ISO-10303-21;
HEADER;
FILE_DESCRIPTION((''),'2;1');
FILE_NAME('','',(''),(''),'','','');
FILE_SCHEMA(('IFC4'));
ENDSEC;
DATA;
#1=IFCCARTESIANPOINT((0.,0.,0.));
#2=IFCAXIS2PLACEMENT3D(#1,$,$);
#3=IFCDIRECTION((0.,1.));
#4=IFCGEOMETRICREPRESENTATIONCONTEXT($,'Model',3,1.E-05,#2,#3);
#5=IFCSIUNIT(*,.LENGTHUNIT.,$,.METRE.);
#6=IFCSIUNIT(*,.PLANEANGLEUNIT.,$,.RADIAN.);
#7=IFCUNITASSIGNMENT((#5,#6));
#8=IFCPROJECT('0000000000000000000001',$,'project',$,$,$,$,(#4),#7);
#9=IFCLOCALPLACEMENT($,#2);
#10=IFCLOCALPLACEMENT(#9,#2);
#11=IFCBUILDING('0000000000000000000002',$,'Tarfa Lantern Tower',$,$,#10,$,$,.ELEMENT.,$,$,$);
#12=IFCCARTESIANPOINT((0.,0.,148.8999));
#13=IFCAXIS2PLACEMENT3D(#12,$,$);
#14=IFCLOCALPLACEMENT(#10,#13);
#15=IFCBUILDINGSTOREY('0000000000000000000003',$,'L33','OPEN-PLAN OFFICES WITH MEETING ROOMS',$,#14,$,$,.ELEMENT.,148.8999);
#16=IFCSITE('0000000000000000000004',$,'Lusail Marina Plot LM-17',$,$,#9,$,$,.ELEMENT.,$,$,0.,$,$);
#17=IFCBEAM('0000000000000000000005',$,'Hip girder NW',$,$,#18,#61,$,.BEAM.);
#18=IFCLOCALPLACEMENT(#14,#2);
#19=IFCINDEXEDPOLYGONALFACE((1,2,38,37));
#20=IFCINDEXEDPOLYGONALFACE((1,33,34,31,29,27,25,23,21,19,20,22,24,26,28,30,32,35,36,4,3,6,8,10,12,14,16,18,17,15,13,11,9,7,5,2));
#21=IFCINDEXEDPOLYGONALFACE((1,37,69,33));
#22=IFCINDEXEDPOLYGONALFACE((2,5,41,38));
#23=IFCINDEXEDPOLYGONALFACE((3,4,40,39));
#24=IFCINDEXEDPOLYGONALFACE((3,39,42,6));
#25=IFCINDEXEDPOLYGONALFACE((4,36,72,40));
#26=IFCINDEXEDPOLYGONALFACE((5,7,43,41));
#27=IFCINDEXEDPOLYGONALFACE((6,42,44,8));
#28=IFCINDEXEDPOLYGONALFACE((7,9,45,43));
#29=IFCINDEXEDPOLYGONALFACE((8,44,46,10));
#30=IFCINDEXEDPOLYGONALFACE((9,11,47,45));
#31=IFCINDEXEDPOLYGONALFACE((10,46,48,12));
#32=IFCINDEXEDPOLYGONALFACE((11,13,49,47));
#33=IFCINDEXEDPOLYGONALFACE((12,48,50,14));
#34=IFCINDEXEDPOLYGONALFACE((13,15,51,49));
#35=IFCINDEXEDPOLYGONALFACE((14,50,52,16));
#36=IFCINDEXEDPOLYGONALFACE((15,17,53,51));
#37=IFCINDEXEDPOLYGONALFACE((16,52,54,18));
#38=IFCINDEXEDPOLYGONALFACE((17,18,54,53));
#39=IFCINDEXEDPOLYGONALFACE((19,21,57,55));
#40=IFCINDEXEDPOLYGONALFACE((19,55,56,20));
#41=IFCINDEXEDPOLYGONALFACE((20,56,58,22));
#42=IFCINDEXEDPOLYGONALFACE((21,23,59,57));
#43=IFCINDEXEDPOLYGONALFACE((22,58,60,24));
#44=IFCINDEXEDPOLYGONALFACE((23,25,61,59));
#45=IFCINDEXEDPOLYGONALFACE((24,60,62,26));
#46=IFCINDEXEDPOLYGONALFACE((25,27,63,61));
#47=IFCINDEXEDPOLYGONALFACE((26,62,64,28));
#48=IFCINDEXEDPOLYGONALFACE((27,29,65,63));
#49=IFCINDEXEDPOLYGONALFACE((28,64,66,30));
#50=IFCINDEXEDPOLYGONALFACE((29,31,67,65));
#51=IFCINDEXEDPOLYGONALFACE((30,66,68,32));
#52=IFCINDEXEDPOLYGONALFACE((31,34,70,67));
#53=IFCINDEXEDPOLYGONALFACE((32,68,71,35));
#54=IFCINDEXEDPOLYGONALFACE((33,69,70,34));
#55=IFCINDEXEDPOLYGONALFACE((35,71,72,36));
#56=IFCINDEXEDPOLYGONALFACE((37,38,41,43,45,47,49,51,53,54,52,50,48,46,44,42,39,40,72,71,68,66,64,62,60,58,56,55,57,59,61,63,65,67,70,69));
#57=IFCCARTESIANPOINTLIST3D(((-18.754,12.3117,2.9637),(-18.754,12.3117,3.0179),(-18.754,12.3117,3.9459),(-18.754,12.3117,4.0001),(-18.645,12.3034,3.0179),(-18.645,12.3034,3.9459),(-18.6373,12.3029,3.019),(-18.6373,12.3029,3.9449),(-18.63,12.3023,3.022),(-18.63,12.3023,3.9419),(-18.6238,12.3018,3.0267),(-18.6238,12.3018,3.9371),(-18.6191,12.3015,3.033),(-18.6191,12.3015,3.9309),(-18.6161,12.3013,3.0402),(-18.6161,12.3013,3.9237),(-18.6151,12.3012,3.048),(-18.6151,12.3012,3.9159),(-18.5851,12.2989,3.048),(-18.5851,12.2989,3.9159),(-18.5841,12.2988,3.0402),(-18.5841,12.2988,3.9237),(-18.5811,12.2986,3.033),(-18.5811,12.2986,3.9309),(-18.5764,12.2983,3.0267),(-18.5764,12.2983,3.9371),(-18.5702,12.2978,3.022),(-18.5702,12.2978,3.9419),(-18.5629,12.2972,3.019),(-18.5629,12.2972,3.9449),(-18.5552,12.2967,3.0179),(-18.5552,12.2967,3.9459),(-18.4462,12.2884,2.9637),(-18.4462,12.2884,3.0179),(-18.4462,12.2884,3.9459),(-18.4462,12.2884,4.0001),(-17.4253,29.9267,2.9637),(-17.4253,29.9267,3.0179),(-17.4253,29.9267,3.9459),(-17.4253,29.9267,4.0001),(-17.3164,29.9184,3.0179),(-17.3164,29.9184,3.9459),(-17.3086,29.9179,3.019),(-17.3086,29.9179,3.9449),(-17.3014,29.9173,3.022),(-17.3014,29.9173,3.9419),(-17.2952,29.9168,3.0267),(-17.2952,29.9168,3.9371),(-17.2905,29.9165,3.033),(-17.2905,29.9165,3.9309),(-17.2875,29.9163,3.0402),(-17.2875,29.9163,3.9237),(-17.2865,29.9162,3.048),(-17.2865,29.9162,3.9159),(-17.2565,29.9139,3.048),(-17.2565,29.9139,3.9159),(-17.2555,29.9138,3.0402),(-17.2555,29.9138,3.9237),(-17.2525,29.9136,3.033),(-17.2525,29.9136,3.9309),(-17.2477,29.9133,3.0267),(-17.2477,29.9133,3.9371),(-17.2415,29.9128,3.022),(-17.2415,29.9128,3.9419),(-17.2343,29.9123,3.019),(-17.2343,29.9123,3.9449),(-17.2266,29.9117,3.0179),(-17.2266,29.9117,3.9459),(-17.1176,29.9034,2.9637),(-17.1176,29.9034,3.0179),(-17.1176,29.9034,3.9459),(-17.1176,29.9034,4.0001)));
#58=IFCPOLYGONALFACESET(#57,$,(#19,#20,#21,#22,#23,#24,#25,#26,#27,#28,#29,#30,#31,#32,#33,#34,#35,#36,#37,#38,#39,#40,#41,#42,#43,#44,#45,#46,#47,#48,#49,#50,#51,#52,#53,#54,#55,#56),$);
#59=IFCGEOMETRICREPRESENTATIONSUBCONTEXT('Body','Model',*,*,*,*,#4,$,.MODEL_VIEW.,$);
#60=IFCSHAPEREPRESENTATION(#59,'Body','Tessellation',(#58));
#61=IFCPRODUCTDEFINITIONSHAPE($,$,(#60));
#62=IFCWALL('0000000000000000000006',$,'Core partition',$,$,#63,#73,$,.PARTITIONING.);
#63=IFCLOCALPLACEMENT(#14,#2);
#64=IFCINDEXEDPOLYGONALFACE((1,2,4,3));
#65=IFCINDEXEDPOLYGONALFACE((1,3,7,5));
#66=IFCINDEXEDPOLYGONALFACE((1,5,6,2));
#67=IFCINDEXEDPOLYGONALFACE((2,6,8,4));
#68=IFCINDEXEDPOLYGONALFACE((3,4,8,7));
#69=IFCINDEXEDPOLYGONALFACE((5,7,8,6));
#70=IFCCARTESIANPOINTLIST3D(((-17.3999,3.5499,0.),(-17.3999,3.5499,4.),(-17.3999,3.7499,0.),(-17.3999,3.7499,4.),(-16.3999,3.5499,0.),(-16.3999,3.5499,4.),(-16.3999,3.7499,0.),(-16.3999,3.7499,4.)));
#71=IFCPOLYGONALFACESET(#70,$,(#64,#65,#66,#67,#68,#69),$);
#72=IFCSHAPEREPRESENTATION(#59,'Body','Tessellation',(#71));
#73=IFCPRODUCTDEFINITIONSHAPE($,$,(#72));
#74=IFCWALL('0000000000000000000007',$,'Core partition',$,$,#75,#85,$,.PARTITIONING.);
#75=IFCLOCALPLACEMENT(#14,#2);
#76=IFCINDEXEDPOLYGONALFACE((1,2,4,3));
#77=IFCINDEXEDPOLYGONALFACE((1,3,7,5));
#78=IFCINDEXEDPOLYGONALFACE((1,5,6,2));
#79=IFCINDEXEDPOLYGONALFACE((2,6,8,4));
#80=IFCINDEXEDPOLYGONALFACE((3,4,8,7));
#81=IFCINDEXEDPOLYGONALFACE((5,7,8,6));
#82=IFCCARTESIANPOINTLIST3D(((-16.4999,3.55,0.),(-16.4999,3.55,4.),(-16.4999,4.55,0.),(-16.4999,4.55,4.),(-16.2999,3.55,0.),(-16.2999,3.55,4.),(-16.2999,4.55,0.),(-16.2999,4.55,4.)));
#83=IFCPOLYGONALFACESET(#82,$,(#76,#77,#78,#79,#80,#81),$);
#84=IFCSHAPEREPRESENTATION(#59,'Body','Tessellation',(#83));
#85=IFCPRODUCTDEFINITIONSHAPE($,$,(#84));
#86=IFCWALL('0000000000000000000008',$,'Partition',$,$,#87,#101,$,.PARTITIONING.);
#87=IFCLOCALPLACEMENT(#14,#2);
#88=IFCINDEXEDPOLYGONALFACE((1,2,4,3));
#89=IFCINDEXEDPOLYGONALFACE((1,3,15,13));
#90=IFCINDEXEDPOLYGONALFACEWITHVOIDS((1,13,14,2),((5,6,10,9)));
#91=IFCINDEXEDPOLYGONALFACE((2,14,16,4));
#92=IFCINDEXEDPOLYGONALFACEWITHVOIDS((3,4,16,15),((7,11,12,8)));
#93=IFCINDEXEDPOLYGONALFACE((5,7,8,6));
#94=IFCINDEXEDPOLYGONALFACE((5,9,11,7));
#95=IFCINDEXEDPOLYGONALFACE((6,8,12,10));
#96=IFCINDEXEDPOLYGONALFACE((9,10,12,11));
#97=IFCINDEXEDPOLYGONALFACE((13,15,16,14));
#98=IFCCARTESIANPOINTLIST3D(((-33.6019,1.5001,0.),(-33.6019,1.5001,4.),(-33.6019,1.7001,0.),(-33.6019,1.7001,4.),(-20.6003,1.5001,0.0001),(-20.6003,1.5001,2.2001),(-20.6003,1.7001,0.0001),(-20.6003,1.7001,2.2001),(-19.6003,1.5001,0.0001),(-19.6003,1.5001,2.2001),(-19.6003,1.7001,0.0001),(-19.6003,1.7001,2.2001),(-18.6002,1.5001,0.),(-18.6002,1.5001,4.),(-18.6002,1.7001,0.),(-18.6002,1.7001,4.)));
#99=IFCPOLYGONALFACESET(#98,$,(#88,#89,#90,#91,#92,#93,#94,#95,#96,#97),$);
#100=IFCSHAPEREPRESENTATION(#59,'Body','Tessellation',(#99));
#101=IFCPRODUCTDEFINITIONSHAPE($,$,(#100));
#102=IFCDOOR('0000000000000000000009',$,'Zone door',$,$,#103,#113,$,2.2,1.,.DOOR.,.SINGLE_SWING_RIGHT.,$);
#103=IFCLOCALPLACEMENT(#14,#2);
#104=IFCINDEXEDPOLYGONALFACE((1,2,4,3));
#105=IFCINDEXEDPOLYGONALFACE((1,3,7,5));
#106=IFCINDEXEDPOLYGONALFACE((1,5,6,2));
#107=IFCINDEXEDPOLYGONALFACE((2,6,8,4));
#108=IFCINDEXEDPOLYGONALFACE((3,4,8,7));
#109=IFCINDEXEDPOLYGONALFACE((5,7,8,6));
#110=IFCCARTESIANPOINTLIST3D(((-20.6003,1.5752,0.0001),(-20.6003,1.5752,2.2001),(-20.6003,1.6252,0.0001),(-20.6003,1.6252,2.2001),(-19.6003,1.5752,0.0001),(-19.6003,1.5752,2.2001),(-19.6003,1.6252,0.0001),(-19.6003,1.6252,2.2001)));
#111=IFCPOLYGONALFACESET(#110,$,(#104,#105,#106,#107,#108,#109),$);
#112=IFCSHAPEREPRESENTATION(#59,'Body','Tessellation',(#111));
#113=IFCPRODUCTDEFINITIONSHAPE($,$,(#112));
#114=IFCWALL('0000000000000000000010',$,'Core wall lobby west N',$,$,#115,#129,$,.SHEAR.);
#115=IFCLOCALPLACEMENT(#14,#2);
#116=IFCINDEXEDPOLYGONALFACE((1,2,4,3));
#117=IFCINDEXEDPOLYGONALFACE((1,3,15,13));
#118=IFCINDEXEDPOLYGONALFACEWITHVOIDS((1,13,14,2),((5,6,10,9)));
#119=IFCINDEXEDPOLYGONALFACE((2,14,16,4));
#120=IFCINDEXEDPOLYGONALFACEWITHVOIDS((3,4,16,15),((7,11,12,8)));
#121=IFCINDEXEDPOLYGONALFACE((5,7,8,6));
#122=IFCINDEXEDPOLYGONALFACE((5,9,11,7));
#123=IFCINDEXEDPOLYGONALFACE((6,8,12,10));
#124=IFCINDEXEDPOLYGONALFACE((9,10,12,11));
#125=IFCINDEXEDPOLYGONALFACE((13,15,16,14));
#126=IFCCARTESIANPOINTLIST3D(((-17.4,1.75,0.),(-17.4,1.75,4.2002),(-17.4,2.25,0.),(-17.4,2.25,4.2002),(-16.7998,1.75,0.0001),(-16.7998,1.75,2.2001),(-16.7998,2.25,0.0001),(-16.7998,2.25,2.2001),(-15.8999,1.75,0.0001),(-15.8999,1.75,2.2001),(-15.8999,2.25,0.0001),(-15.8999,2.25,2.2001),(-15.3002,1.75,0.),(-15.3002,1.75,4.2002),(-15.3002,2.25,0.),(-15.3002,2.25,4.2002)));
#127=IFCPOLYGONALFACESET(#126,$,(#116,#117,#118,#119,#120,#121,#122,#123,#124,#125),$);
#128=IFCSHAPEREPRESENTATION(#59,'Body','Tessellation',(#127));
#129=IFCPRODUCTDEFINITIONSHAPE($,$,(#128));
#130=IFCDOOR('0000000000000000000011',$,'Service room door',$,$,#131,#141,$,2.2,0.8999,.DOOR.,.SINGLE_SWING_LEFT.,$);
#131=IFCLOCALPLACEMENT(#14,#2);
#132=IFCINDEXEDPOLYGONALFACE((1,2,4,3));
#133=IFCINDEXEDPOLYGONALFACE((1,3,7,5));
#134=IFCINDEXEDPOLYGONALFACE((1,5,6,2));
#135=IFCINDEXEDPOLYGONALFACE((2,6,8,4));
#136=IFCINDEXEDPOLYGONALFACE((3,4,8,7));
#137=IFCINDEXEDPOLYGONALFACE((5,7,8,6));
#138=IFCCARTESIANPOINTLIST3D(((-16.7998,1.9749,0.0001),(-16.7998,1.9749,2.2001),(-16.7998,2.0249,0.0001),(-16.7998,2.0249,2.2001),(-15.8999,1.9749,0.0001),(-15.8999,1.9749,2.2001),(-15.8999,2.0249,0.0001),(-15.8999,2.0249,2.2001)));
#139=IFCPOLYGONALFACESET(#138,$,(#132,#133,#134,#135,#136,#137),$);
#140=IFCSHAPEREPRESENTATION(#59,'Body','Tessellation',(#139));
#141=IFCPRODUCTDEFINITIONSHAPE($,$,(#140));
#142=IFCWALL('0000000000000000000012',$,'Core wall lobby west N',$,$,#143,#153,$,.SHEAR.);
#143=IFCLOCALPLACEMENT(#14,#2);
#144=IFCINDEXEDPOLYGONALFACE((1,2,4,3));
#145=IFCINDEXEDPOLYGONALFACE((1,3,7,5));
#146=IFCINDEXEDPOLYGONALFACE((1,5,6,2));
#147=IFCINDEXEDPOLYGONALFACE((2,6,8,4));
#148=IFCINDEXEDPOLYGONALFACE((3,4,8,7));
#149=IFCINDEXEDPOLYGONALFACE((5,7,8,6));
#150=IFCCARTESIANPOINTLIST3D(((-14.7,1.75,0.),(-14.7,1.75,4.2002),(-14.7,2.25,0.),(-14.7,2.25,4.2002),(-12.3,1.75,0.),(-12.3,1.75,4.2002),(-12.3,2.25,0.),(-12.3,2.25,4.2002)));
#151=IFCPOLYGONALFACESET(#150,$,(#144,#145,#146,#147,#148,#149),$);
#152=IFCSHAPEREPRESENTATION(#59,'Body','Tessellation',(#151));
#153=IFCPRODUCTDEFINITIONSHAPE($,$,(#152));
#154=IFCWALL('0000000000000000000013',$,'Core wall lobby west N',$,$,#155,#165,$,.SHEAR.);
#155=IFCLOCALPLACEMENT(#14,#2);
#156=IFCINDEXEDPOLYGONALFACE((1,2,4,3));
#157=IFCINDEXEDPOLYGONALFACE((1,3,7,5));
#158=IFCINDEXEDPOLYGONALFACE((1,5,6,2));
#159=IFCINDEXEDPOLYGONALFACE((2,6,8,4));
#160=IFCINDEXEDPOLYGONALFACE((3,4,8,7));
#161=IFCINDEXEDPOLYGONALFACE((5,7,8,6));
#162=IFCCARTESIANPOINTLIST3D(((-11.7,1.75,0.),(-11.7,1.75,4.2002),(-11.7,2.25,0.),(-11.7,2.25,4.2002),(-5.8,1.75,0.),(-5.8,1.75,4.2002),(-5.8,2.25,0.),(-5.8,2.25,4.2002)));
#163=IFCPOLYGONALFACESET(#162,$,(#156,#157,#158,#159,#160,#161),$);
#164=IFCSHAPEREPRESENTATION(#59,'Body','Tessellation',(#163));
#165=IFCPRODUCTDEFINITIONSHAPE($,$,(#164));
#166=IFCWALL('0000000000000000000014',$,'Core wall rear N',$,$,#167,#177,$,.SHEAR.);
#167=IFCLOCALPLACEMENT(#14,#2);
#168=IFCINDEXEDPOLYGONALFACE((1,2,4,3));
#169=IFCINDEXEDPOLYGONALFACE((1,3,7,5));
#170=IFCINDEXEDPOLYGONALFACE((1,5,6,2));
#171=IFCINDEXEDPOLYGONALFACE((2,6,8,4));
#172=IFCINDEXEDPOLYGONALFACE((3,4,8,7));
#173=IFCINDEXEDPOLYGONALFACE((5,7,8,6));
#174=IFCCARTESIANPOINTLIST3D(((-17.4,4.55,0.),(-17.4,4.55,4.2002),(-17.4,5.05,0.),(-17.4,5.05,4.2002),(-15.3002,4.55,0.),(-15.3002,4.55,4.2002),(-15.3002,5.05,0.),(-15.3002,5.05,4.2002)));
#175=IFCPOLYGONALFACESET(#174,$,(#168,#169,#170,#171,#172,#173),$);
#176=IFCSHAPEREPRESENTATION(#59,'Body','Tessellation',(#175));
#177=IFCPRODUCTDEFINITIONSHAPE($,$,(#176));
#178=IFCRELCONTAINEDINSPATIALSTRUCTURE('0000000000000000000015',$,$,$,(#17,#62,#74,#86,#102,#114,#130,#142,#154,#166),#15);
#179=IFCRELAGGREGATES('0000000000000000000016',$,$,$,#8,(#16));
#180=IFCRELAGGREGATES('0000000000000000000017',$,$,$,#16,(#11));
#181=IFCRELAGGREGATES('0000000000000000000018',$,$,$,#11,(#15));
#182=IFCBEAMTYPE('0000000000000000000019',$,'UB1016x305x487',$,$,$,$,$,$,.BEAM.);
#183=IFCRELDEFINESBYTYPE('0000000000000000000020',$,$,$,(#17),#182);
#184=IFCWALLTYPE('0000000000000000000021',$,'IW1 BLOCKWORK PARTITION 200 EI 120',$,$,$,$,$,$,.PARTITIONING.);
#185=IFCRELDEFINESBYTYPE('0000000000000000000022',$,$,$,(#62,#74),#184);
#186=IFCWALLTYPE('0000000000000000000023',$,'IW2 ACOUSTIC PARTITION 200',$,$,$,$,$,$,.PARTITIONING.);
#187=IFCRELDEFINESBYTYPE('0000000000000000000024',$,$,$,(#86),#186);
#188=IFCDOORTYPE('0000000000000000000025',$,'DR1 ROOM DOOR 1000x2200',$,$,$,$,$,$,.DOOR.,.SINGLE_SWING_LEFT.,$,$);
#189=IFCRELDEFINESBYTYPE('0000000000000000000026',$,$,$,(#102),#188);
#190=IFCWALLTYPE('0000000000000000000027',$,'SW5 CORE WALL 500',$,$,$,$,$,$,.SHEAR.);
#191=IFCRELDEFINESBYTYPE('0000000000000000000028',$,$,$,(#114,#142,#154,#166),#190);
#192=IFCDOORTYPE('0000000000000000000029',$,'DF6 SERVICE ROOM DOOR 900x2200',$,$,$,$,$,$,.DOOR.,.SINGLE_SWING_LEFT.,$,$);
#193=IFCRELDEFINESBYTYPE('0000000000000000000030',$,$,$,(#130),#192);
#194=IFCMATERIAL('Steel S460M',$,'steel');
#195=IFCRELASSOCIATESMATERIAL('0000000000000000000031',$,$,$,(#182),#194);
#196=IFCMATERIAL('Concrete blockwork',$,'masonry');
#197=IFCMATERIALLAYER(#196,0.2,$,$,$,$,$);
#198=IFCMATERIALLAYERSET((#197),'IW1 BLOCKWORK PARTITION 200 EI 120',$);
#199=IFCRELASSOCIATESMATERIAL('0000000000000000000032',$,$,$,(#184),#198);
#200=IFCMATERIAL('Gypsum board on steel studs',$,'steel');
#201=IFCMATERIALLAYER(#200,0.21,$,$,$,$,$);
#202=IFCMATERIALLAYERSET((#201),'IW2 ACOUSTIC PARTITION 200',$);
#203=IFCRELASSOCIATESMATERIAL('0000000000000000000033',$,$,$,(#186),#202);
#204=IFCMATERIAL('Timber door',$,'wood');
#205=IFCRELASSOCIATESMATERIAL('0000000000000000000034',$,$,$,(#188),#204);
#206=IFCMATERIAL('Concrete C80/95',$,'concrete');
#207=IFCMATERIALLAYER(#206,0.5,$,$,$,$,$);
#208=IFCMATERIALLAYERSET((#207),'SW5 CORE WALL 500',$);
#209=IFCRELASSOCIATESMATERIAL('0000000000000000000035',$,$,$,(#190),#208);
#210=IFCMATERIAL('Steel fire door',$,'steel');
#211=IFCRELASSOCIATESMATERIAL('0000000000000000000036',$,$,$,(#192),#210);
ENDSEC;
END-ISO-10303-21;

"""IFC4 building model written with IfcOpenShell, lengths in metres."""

from ifc_helpers import new_model, si_unit, direction, frame, frame_2d, origin, origin_2d, place, context, subcontext, project, spatial, rectangle, i_section, extrude, material, layer, layer_set, material_profile, profile_set, type_object, element, fill, save


model = new_model("IFC4")

# Units and contexts
model_context = context("Model", 3, precision=1e-05, world=origin(), true_north=direction((0.0, 1.0)))
body_context = subcontext(model_context, "Body", "Model", "MODEL_VIEW")
ifc_project = project(units=[si_unit("LENGTHUNIT", "METRE"), si_unit("PLANEANGLEUNIT", "RADIAN")], contexts=[model_context])

# Site, building, storey
site_placement = place(None, origin())
site = spatial("IfcSite", under=ifc_project, at=site_placement, Name="Lusail Marina Plot LM-17", CompositionType="ELEMENT", RefElevation=0.0)
building_placement = place(site_placement, origin())
building = spatial("IfcBuilding", under=site, at=building_placement, Name="Tarfa Lantern Tower", CompositionType="ELEMENT")
storey_placement = place(building_placement, frame((0.0, 0.0, 148.8999)))
storey = spatial("IfcBuildingStorey", under=building, at=storey_placement, Name="L33", Description="OPEN-PLAN OFFICES WITH MEETING ROOMS", CompositionType="ELEMENT", Elevation=148.8999)

# Beam
ifc_material_1 = material(Name="Steel S460M", Category="steel")
ifc_material_profile = material_profile(ifc_material_1, i_section(OverallWidth=0.3086, OverallDepth=1.0364, WebThickness=0.03, FlangeThickness=0.0542, FilletRadius=0.03, at=origin_2d()), Name="UB1016x305x487")
ifc_profile_set = profile_set([ifc_material_profile], Name="Steel S460M")
beam_type = type_object("IfcBeamType", Name="UB1016x305x487", PredefinedType="BEAM", material=ifc_profile_set)
beam_placement = place(storey_placement, frame((-18.6001, 12.3, 3.4819), z_axis=(0.075212, 0.997168, 0.0), x_axis=(-0.997168, 0.075212, 0.0)))
element("IfcBeam", 1, at=beam_placement, inside=storey, type_object=beam_type, Name="Hip girder NW", PredefinedType="BEAM", context=body_context, shape_type="SweptSolid", body=[
    extrude(i_section(OverallWidth=0.3086, OverallDepth=1.0364, WebThickness=0.03, FlangeThickness=0.0542, FilletRadius=0.03, at=origin_2d()), origin(), (0.0, 0.0, 1.0), 17.665),
])

# Walls
ifc_material_2 = material(Name="Concrete blockwork", Category="masonry")
ifc_layer_1 = layer(ifc_material_2, 0.2)
ifc_layer_set_1 = layer_set([ifc_layer_1], Name="IW1 BLOCKWORK PARTITION 200 EI 120")
wall_type_1 = type_object("IfcWallType", Name="IW1 BLOCKWORK PARTITION 200 EI 120", PredefinedType="PARTITIONING", material=ifc_layer_set_1)
for number, where, z_axis, x_axis, name in (
    (2, (-17.3999, 3.6499, 0.0), (0.0, 0.0, 1.0), (1.0, 0.0, 0.0), "Core partition"),
    (3, (-16.3999, 3.55, 0.0), (0.0, 0.0, 1.0), (0.0, 1.0, 0.0), "Core partition"),
):
    element("IfcWall", number, at=place(storey_placement, frame(where, z_axis=z_axis, x_axis=x_axis)), inside=storey, type_object=wall_type_1, Name=name, PredefinedType="PARTITIONING", context=body_context, shape_type="SweptSolid", body=[
        extrude(rectangle(XDim=1.0, YDim=0.2, at=frame_2d((0.5, 0.0))), origin(), (0.0, 0.0, 1.0), 4.0),
    ])

# Walls, openings, doors
ifc_material_3 = material(Name="Gypsum board on steel studs", Category="steel")
ifc_layer_2 = layer(ifc_material_3, 0.21)
ifc_layer_set_2 = layer_set([ifc_layer_2], Name="IW2 ACOUSTIC PARTITION 200")
wall_type_2 = type_object("IfcWallType", Name="IW2 ACOUSTIC PARTITION 200", PredefinedType="PARTITIONING", material=ifc_layer_set_2)
wall_1_placement = place(storey_placement, frame((-18.6001, 1.6001, 0.0), z_axis=(0.0, 0.0, 1.0), x_axis=(-1.0, 0.0, 0.0)))
wall_1 = element("IfcWall", 4, at=wall_1_placement, inside=storey, type_object=wall_type_2, Name="Partition", PredefinedType="PARTITIONING", context=body_context, shape_type="SweptSolid", body=[
    extrude(rectangle(XDim=15.0017, YDim=0.2, at=frame_2d((7.501, 0.0))), origin(), (0.0, 0.0, 1.0), 4.0),
])
opening_1_placement = place(wall_1_placement, frame((1.0002, 0.0, 0.0)))
opening_1 = element("IfcOpeningElement", 5, at=opening_1_placement, cuts=wall_1, PredefinedType="OPENING", context=body_context, shape_type="SweptSolid", body=[
    extrude(rectangle(XDim=1.0, YDim=2.2, at=frame_2d((0.5, 1.1001))), frame((0.0, 0.1099, 0.0), z_axis=(0.0, -1.0, 0.0), x_axis=(1.0, 0.0, 0.0)), (0.0, 0.0, 1.0), 0.22),
])
ifc_material_4 = material(Name="Timber door", Category="wood")
door_type_1 = type_object("IfcDoorType", Name="DR1 ROOM DOOR 1000x2200", OperationType="SINGLE_SWING_LEFT", PredefinedType="DOOR", material=ifc_material_4)
door_1_placement = place(opening_1_placement, origin())
door_1 = element("IfcDoor", 6, at=door_1_placement, inside=storey, type_object=door_type_1, Name="Zone door", OperationType="SINGLE_SWING_RIGHT", OverallHeight=2.2, OverallWidth=1.0, PredefinedType="DOOR", context=body_context, shape_type="SweptSolid", body=[
    extrude(rectangle(XDim=1.0, YDim=2.2, at=frame_2d((0.5, 1.1001))), frame((0.0, 0.0249, 0.0), z_axis=(0.0, -1.0, 0.0), x_axis=(1.0, 0.0, 0.0)), (0.0, 0.0, 1.0), 0.05),
])
fill(opening_1, door_1)
ifc_material_5 = material(Name="Concrete C80/95", Category="concrete")
ifc_material_6 = material(Name="Steel fire door", Category="steel")
ifc_layer_3 = layer(ifc_material_5, 0.5)
ifc_layer_set_3 = layer_set([ifc_layer_3], Name="SW5 CORE WALL 500")
wall_type_3 = type_object("IfcWallType", Name="SW5 CORE WALL 500", PredefinedType="SHEAR", material=ifc_layer_set_3)
wall_2_placement = place(storey_placement, frame((-17.3999, 2.0, 0.0), z_axis=(0.0, 0.0, 1.0), x_axis=(1.0, 0.0, 0.0)))
wall_2 = element("IfcWall", 7, at=wall_2_placement, inside=storey, type_object=wall_type_3, Name="Core wall lobby west N", PredefinedType="SHEAR", context=body_context, shape_type="SweptSolid", body=[
    extrude(rectangle(XDim=2.0999, YDim=0.5, at=frame_2d((1.0498, 0.0))), origin(), (0.0, 0.0, 1.0), 4.2002),
])
opening_2_placement = place(wall_2_placement, frame((0.6001, 0.0, 0.0)))
opening_2 = element("IfcOpeningElement", 8, at=opening_2_placement, cuts=wall_2, PredefinedType="OPENING", context=body_context, shape_type="SweptSolid", body=[
    extrude(rectangle(XDim=0.8999, YDim=2.2, at=frame_2d((0.45, 1.1001))), frame((0.0, 0.26, 0.0), z_axis=(0.0, -1.0, 0.0), x_axis=(1.0, 0.0, 0.0)), (0.0, 0.0, 1.0), 0.52),
])
door_type_2 = type_object("IfcDoorType", Name="DF6 SERVICE ROOM DOOR 900x2200", OperationType="SINGLE_SWING_LEFT", PredefinedType="DOOR", material=ifc_material_6)
door_2_placement = place(opening_2_placement, origin())
door_2 = element("IfcDoor", 9, at=door_2_placement, inside=storey, type_object=door_type_2, Name="Service room door", OperationType="SINGLE_SWING_LEFT", OverallHeight=2.2, OverallWidth=0.8999, PredefinedType="DOOR", context=body_context, shape_type="SweptSolid", body=[
    extrude(rectangle(XDim=0.8999, YDim=2.2, at=frame_2d((0.45, 1.1001))), frame((0.0, 0.0249, 0.0), z_axis=(0.0, -1.0, 0.0), x_axis=(1.0, 0.0, 0.0)), (0.0, 0.0, 1.0), 0.05),
])
fill(opening_2, door_2)

# Walls
wall_3_placement = place(storey_placement, frame((-14.7, 2.0, 0.0), z_axis=(0.0, 0.0, 1.0), x_axis=(1.0, 0.0, 0.0)))
element("IfcWall", 10, at=wall_3_placement, inside=storey, type_object=wall_type_3, Name="Core wall lobby west N", PredefinedType="SHEAR", context=body_context, shape_type="SweptSolid", body=[
    extrude(rectangle(XDim=2.3999, YDim=0.5, at=frame_2d((1.2, 0.0))), origin(), (0.0, 0.0, 1.0), 4.2002),
])
wall_4_placement = place(storey_placement, frame((-11.7, 2.0, 0.0), z_axis=(0.0, 0.0, 1.0), x_axis=(1.0, 0.0, 0.0)))
element("IfcWall", 11, at=wall_4_placement, inside=storey, type_object=wall_type_3, Name="Core wall lobby west N", PredefinedType="SHEAR", context=body_context, shape_type="SweptSolid", body=[
    extrude(rectangle(XDim=5.8999, YDim=0.5, at=frame_2d((2.95, 0.0))), origin(), (0.0, 0.0, 1.0), 4.2002),
])
wall_5_placement = place(storey_placement, frame((-17.3999, 4.8, 0.0), z_axis=(0.0, 0.0, 1.0), x_axis=(1.0, 0.0, 0.0)))
element("IfcWall", 12, at=wall_5_placement, inside=storey, type_object=wall_type_3, Name="Core wall rear N", PredefinedType="SHEAR", context=body_context, shape_type="SweptSolid", body=[
    extrude(rectangle(XDim=2.0999, YDim=0.5, at=frame_2d((1.0498, 0.0))), origin(), (0.0, 0.0, 1.0), 4.2002),
])

save(model, "model.ifc")
